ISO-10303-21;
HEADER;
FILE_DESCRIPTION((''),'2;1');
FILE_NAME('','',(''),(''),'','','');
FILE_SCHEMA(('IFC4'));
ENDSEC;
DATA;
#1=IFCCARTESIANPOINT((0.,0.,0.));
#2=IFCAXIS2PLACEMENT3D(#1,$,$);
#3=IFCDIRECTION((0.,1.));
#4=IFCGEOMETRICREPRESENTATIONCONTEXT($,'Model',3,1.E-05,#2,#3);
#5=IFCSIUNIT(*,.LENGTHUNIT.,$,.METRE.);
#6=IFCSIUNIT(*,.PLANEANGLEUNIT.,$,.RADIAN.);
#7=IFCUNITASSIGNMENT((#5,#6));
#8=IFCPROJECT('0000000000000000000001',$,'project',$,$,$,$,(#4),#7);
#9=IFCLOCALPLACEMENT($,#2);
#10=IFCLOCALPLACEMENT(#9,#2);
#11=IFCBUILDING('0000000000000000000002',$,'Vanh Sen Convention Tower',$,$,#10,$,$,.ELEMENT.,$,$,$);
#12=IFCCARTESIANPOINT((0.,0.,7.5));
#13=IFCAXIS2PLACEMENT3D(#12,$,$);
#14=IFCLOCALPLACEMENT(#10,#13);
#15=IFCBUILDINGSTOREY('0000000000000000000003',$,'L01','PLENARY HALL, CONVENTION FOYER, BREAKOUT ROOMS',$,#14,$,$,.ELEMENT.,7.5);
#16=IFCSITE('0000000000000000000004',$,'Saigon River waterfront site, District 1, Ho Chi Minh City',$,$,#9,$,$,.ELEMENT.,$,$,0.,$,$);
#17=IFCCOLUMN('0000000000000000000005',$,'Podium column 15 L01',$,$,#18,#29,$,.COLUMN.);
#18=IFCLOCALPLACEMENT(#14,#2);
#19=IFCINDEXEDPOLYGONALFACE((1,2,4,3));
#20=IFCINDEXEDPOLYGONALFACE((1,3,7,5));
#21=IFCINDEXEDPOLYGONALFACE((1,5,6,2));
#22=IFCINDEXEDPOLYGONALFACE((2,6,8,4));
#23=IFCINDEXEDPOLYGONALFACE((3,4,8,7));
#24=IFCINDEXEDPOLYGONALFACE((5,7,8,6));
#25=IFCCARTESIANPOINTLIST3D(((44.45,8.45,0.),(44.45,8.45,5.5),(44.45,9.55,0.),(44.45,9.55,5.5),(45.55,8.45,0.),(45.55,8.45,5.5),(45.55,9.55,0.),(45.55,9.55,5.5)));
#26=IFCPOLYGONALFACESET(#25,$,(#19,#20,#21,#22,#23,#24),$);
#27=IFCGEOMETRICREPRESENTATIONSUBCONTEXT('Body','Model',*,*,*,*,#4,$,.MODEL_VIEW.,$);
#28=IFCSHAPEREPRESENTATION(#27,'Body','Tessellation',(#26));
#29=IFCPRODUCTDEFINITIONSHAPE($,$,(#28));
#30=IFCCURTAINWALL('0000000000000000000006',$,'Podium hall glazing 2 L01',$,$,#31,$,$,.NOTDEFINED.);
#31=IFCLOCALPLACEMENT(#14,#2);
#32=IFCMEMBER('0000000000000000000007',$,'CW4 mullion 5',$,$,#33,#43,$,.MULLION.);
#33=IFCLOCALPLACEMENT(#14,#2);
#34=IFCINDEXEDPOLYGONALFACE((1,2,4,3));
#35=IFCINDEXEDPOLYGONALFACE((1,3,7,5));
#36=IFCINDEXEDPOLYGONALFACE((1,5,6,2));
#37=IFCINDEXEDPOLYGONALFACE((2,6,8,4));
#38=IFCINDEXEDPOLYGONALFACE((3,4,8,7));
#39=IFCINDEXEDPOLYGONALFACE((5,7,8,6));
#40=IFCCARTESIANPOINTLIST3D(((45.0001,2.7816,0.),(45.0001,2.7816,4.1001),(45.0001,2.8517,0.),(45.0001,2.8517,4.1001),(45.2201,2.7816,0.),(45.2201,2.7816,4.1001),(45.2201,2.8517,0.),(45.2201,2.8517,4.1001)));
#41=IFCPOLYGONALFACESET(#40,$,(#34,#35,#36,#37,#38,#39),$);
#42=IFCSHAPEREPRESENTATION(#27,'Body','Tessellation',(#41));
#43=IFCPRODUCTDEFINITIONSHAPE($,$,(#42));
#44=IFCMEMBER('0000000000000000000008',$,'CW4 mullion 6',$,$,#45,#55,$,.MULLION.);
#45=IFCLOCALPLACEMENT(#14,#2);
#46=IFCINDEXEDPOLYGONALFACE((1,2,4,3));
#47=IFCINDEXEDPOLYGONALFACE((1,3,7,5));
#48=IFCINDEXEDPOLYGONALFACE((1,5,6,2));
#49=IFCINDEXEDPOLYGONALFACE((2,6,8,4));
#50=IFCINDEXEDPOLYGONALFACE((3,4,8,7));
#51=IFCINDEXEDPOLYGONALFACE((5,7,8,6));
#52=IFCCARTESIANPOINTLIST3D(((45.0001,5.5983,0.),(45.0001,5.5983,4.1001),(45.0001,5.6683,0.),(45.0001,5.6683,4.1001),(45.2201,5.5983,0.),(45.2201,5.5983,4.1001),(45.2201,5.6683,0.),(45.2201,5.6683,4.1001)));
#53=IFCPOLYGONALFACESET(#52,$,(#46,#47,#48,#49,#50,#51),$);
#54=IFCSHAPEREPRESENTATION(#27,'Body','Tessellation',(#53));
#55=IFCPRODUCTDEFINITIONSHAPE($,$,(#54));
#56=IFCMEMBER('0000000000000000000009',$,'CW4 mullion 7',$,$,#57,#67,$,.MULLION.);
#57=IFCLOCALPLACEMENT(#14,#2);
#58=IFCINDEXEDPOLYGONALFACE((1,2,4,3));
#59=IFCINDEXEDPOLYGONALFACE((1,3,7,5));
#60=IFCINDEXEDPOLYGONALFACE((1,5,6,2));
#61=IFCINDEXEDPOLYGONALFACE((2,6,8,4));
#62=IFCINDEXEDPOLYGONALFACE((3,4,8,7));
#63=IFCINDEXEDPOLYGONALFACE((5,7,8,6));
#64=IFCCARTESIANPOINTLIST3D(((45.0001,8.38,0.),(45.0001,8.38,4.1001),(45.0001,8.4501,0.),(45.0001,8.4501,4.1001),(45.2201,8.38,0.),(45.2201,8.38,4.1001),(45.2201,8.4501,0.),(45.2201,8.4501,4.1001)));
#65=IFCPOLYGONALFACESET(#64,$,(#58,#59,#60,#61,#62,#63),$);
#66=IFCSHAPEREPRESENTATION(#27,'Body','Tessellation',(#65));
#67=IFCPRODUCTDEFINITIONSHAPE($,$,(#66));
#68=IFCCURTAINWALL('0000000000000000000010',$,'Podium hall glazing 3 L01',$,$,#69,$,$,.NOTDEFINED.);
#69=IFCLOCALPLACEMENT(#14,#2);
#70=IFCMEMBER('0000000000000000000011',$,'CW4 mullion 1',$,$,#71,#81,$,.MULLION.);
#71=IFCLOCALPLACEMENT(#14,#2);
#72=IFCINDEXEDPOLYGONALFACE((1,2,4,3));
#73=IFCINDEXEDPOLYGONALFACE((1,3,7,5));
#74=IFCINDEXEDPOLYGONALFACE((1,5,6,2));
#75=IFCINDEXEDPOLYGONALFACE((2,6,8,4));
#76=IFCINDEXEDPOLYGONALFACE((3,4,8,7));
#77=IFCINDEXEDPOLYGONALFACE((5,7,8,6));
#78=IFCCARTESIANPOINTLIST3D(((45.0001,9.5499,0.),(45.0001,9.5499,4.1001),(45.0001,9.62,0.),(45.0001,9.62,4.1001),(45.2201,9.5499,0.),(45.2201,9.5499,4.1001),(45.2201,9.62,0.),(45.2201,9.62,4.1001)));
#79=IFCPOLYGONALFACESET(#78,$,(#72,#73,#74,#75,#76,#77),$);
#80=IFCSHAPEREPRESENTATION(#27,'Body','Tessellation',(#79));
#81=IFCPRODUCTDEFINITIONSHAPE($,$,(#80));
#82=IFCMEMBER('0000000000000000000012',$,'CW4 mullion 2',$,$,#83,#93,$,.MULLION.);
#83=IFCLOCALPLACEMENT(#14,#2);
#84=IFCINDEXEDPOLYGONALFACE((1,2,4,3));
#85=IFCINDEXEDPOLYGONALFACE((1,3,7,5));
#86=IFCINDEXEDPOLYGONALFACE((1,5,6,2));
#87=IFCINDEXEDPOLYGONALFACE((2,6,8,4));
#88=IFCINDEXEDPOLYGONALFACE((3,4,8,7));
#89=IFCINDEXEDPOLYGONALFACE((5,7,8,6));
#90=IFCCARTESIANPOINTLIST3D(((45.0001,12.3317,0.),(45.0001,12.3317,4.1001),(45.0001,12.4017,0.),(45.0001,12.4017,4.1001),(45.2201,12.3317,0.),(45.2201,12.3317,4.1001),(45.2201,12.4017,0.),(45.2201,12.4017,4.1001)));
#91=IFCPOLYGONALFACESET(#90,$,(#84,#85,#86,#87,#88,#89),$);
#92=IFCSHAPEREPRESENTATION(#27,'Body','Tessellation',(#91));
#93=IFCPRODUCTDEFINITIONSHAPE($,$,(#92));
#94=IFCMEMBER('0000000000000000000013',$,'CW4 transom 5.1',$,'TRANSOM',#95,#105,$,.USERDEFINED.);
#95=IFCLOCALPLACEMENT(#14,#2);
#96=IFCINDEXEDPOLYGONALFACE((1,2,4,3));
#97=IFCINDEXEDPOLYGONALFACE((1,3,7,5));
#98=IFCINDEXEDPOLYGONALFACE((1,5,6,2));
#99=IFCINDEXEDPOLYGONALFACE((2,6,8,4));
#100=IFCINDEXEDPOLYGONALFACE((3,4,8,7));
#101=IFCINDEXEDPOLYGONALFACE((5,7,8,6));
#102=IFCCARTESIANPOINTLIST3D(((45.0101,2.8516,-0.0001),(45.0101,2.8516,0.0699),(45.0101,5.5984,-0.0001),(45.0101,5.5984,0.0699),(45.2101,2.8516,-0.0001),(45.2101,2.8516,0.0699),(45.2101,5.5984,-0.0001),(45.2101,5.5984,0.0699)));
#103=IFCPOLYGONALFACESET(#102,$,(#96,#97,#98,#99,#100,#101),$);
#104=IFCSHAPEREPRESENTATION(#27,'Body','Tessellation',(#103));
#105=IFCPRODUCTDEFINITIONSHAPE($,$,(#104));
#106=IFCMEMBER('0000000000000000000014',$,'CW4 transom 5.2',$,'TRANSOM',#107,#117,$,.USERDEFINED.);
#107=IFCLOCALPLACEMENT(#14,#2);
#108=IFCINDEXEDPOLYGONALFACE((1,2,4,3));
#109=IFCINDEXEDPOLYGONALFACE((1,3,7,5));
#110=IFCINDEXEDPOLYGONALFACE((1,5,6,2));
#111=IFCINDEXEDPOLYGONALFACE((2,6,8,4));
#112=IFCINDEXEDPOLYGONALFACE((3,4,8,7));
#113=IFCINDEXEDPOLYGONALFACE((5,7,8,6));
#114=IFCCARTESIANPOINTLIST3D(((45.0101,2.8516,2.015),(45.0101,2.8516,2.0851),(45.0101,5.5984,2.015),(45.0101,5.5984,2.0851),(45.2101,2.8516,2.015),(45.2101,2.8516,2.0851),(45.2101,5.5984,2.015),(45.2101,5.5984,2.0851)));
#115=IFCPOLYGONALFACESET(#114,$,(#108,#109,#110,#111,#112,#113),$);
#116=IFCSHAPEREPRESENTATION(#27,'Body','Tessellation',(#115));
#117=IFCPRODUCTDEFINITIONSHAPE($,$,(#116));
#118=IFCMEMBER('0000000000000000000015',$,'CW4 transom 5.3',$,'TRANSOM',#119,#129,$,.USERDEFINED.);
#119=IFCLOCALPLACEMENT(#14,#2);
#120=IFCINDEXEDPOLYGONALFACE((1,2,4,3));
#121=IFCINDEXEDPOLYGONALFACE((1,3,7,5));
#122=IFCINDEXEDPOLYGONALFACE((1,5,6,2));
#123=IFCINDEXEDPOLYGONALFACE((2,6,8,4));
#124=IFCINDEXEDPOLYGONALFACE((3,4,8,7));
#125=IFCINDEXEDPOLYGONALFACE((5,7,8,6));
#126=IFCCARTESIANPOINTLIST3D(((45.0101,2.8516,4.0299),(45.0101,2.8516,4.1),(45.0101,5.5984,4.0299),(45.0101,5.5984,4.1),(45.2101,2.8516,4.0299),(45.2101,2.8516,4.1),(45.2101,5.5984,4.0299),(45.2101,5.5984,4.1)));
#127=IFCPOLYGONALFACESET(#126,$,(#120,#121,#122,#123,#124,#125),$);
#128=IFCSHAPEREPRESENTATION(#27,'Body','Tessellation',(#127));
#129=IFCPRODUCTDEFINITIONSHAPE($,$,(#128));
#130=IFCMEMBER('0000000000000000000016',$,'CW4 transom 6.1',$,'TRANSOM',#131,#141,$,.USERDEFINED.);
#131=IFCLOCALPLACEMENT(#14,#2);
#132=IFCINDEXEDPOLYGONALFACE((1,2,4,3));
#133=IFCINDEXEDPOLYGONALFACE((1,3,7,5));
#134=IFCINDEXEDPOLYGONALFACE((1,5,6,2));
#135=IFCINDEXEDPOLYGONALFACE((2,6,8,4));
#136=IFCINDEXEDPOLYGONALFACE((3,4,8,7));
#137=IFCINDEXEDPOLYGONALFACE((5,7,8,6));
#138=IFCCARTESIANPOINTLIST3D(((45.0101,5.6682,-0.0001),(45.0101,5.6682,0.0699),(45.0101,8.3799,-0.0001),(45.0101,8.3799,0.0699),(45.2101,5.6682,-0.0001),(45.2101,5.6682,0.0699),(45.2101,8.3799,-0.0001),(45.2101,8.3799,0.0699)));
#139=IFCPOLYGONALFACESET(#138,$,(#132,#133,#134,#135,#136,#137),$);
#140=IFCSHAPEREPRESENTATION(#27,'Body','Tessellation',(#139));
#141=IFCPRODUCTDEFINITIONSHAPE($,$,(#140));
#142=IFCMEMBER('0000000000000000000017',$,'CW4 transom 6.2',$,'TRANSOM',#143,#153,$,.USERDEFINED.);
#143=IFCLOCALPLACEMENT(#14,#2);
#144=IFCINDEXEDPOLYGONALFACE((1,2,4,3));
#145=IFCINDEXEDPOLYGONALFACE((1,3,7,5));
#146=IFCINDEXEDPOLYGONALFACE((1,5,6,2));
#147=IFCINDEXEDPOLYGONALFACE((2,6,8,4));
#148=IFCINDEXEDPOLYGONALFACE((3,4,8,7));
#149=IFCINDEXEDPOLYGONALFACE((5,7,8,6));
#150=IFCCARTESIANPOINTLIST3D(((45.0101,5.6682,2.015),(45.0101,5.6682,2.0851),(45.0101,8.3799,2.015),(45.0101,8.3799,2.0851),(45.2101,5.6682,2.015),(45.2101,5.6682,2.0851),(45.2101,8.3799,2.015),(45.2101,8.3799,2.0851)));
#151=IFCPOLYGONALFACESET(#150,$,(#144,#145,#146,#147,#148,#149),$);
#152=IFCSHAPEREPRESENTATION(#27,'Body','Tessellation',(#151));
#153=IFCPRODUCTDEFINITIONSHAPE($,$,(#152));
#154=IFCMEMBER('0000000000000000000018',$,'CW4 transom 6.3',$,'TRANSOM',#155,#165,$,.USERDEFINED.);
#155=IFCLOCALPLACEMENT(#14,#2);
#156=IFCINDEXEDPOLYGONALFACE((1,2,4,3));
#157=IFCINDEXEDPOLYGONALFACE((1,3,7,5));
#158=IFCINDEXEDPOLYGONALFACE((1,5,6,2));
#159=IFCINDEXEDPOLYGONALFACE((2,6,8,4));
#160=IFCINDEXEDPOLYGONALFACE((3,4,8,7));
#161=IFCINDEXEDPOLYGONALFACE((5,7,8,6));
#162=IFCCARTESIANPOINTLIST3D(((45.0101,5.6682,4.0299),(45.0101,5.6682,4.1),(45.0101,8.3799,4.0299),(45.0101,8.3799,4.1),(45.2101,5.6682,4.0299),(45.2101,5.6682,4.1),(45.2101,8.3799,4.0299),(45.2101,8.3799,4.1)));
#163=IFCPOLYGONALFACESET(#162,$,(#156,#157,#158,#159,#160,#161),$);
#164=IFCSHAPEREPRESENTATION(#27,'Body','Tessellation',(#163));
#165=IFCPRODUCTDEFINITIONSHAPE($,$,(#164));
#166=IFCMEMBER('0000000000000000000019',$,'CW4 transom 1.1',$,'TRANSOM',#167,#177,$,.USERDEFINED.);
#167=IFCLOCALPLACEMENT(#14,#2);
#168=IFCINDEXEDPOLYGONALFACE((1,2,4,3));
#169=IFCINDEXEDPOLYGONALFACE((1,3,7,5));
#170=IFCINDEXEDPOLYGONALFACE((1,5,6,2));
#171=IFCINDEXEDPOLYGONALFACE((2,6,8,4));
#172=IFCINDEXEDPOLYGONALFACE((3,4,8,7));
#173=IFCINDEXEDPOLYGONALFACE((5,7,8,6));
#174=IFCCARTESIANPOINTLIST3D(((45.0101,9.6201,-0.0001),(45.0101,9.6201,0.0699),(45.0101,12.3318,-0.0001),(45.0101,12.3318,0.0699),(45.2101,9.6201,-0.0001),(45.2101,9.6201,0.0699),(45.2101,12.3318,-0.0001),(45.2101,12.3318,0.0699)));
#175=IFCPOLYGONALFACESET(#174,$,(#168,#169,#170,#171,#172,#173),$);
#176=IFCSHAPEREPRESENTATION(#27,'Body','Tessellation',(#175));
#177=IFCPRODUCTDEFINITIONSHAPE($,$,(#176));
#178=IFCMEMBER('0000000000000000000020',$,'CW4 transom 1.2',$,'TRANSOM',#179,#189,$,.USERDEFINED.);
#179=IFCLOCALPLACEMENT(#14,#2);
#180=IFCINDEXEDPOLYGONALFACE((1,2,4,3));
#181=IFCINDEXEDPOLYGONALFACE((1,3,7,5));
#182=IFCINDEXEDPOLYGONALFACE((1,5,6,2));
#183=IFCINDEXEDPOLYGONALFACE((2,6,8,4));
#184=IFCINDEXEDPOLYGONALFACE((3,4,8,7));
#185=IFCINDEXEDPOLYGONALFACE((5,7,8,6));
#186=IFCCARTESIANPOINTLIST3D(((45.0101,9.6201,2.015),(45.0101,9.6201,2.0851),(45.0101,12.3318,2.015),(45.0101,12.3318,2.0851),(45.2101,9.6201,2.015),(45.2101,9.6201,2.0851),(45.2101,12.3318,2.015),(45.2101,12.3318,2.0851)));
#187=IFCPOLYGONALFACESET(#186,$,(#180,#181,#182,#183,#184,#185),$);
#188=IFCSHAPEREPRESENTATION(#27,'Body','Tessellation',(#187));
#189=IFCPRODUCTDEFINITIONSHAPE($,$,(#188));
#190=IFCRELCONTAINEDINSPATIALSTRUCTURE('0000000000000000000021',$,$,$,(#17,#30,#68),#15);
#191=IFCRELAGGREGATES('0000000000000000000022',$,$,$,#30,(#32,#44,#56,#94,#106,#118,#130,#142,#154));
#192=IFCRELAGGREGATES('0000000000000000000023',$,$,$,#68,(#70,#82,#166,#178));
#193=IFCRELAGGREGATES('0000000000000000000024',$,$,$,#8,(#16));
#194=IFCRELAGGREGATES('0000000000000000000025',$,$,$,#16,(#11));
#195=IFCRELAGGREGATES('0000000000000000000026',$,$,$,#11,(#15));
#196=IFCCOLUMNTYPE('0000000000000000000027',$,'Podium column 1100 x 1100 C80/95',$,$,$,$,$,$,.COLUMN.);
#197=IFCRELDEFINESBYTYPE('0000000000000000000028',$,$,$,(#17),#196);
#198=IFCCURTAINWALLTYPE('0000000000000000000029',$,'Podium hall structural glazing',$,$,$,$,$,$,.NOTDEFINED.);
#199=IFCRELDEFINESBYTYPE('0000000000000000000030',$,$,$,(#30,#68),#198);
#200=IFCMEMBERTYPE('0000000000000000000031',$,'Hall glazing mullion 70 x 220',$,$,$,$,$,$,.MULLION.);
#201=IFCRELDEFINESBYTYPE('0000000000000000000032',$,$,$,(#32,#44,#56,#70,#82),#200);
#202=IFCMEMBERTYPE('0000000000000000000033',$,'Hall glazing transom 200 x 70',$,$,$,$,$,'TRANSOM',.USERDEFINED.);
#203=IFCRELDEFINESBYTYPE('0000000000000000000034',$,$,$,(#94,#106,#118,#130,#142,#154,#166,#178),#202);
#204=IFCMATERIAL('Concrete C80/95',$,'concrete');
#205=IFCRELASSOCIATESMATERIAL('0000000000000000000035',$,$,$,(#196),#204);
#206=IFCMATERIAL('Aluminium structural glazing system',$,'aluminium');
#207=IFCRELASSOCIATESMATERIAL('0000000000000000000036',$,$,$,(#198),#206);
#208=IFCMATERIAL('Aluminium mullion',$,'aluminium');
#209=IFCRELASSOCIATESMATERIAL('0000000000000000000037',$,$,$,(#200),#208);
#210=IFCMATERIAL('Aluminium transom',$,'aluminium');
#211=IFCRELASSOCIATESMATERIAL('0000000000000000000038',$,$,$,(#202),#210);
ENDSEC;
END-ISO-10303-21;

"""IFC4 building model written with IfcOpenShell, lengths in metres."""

from ifc_helpers import new_model, si_unit, direction, frame, origin, origin_2d, place, context, subcontext, project, spatial, rectangle, extrude, material, material_profile, profile_set, type_object, element, aggregate, save


model = new_model("IFC4")

# Units and contexts
model_context = context("Model", 3, precision=1e-05, world=origin(), true_north=direction((0.0, 1.0)))
body_context = subcontext(model_context, "Body", "Model", "MODEL_VIEW")
ifc_project = project(units=[si_unit("LENGTHUNIT", "METRE"), si_unit("PLANEANGLEUNIT", "RADIAN")], contexts=[model_context])

# Site, building, storey
site_placement = place(None, origin())
site = spatial("IfcSite", under=ifc_project, at=site_placement, Name="Saigon River waterfront site, District 1, Ho Chi Minh City", CompositionType="ELEMENT", RefElevation=0.0)
building_placement = place(site_placement, origin())
building = spatial("IfcBuilding", under=site, at=building_placement, Name="Vanh Sen Convention Tower", CompositionType="ELEMENT")
storey_placement = place(building_placement, frame((0.0, 0.0, 7.5)))
storey = spatial("IfcBuildingStorey", under=building, at=storey_placement, Name="L01", Description="PLENARY HALL, CONVENTION FOYER, BREAKOUT ROOMS", CompositionType="ELEMENT", Elevation=7.5)

# Column
ifc_material_1 = material(Name="Concrete C80/95", Category="concrete")
ifc_material_profile_1 = material_profile(ifc_material_1, rectangle(XDim=1.1001, YDim=1.1001, at=origin_2d()), Name="RC 1100X1100")
ifc_profile_set_1 = profile_set([ifc_material_profile_1], Name="Concrete C80/95")
column_type = type_object("IfcColumnType", Name="Podium column 1100 x 1100 C80/95", PredefinedType="COLUMN", material=ifc_profile_set_1)
column_placement = place(storey_placement, frame((45.0, 9.0, 0.0), z_axis=(0.0, 0.0, 1.0), x_axis=(1.0, 0.0, 0.0)))
element("IfcColumn", 1, at=column_placement, inside=storey, type_object=column_type, Name="Podium column 15 L01", PredefinedType="COLUMN", context=body_context, shape_type="SweptSolid", body=[
    extrude(rectangle(XDim=1.1001, YDim=1.1001, at=origin_2d()), origin(), (0.0, 0.0, 1.0), 5.5),
])

# Curtain walls, members
ifc_material_2 = material(Name="Aluminium structural glazing system", Category="aluminium")
curtain_wall_type = type_object("IfcCurtainWallType", Name="Podium hall structural glazing", PredefinedType="NOTDEFINED", material=ifc_material_2)
curtain_wall_1_placement = place(storey_placement, origin())
curtain_wall_1 = element("IfcCurtainWall", 2, at=curtain_wall_1_placement, inside=storey, type_object=curtain_wall_type, Name="Podium hall glazing 2 L01", PredefinedType="NOTDEFINED")
ifc_material_3 = material(Name="Aluminium mullion", Category="aluminium")
ifc_material_profile_2 = material_profile(ifc_material_3, rectangle(XDim=0.22, YDim=0.0701, at=origin_2d()), Name="Hall glazing mullion 70 x 220")
ifc_profile_set_2 = profile_set([ifc_material_profile_2], Name="Aluminium mullion")
member_type_1 = type_object("IfcMemberType", Name="Hall glazing mullion 70 x 220", PredefinedType="MULLION", material=ifc_profile_set_2)
member_1_placement = place(storey_placement, frame((45.1101, 2.8167, 0.0), z_axis=(0.0, 0.0, 1.0), x_axis=(-1.0, 0.0, 0.0)))
member_1 = element("IfcMember", 3, at=member_1_placement, type_object=member_type_1, Name="CW4 mullion 5", PredefinedType="MULLION", context=body_context, shape_type="SweptSolid", body=[
    extrude(rectangle(XDim=0.22, YDim=0.0701, at=origin_2d()), origin(), (0.0, 0.0, 1.0), 4.1001),
])
member_2_placement = place(storey_placement, frame((45.1101, 5.6333, 0.0), z_axis=(0.0, 0.0, 1.0), x_axis=(-1.0, 0.0, 0.0)))
member_2 = element("IfcMember", 4, at=member_2_placement, type_object=member_type_1, Name="CW4 mullion 6", PredefinedType="MULLION", context=body_context, shape_type="SweptSolid", body=[
    extrude(rectangle(XDim=0.22, YDim=0.0701, at=origin_2d()), origin(), (0.0, 0.0, 1.0), 4.1001),
])
member_3_placement = place(storey_placement, frame((45.1101, 8.415, 0.0), z_axis=(0.0, 0.0, 1.0), x_axis=(-1.0, 0.0, 0.0)))
member_3 = element("IfcMember", 5, at=member_3_placement, type_object=member_type_1, Name="CW4 mullion 7", PredefinedType="MULLION", context=body_context, shape_type="SweptSolid", body=[
    extrude(rectangle(XDim=0.22, YDim=0.0701, at=origin_2d()), origin(), (0.0, 0.0, 1.0), 4.1001),
])
curtain_wall_2_placement = place(storey_placement, origin())
curtain_wall_2 = element("IfcCurtainWall", 6, at=curtain_wall_2_placement, inside=storey, type_object=curtain_wall_type, Name="Podium hall glazing 3 L01", PredefinedType="NOTDEFINED")
member_4_placement = place(storey_placement, frame((45.1101, 9.585, 0.0), z_axis=(0.0, 0.0, 1.0), x_axis=(-1.0, 0.0, 0.0)))
member_4 = element("IfcMember", 7, at=member_4_placement, type_object=member_type_1, Name="CW4 mullion 1", PredefinedType="MULLION", context=body_context, shape_type="SweptSolid", body=[
    extrude(rectangle(XDim=0.22, YDim=0.0701, at=origin_2d()), origin(), (0.0, 0.0, 1.0), 4.1001),
])
member_5_placement = place(storey_placement, frame((45.1101, 12.3667, 0.0), z_axis=(0.0, 0.0, 1.0), x_axis=(-1.0, 0.0, 0.0)))
member_5 = element("IfcMember", 8, at=member_5_placement, type_object=member_type_1, Name="CW4 mullion 2", PredefinedType="MULLION", context=body_context, shape_type="SweptSolid", body=[
    extrude(rectangle(XDim=0.22, YDim=0.0701, at=origin_2d()), origin(), (0.0, 0.0, 1.0), 4.1001),
])

# Members
ifc_material_4 = material(Name="Aluminium transom", Category="aluminium")
ifc_material_profile_3 = material_profile(ifc_material_4, rectangle(XDim=0.2, YDim=0.0701, at=origin_2d()), Name="Hall glazing transom 200 x 70")
ifc_profile_set_3 = profile_set([ifc_material_profile_3], Name="Aluminium transom")
member_type_2 = type_object("IfcMemberType", Name="Hall glazing transom 200 x 70", ElementType="TRANSOM", PredefinedType="USERDEFINED", material=ifc_profile_set_3)
member_6_placement = place(storey_placement, frame((45.1101, 2.8516, 0.0349), z_axis=(0.0, 1.0, 0.0), x_axis=(-1.0, 0.0, 0.0)))
member_6 = element("IfcMember", 9, at=member_6_placement, type_object=member_type_2, Name="CW4 transom 5.1", ObjectType="TRANSOM", PredefinedType="USERDEFINED", context=body_context, shape_type="SweptSolid", body=[
    extrude(rectangle(XDim=0.2, YDim=0.0701, at=origin_2d()), origin(), (0.0, 0.0, 1.0), 2.7468),
])
member_7_placement = place(storey_placement, frame((45.1101, 2.8516, 2.05), z_axis=(0.0, 1.0, 0.0), x_axis=(-1.0, 0.0, 0.0)))
member_7 = element("IfcMember", 10, at=member_7_placement, type_object=member_type_2, Name="CW4 transom 5.2", ObjectType="TRANSOM", PredefinedType="USERDEFINED", context=body_context, shape_type="SweptSolid", body=[
    extrude(rectangle(XDim=0.2, YDim=0.0701, at=origin_2d()), origin(), (0.0, 0.0, 1.0), 2.7468),
])
member_8_placement = place(storey_placement, frame((45.1101, 2.8516, 4.0649), z_axis=(0.0, 1.0, 0.0), x_axis=(-1.0, 0.0, 0.0)))
member_8 = element("IfcMember", 11, at=member_8_placement, type_object=member_type_2, Name="CW4 transom 5.3", ObjectType="TRANSOM", PredefinedType="USERDEFINED", context=body_context, shape_type="SweptSolid", body=[
    extrude(rectangle(XDim=0.2, YDim=0.0701, at=origin_2d()), origin(), (0.0, 0.0, 1.0), 2.7468),
])
member_9_placement = place(storey_placement, frame((45.1101, 5.6682, 0.0349), z_axis=(0.0, 1.0, 0.0), x_axis=(-1.0, 0.0, 0.0)))
member_9 = element("IfcMember", 12, at=member_9_placement, type_object=member_type_2, Name="CW4 transom 6.1", ObjectType="TRANSOM", PredefinedType="USERDEFINED", context=body_context, shape_type="SweptSolid", body=[
    extrude(rectangle(XDim=0.2, YDim=0.0701, at=origin_2d()), origin(), (0.0, 0.0, 1.0), 2.7117),
])
member_10_placement = place(storey_placement, frame((45.1101, 5.6682, 2.05), z_axis=(0.0, 1.0, 0.0), x_axis=(-1.0, 0.0, 0.0)))
member_10 = element("IfcMember", 13, at=member_10_placement, type_object=member_type_2, Name="CW4 transom 6.2", ObjectType="TRANSOM", PredefinedType="USERDEFINED", context=body_context, shape_type="SweptSolid", body=[
    extrude(rectangle(XDim=0.2, YDim=0.0701, at=origin_2d()), origin(), (0.0, 0.0, 1.0), 2.7117),
])
member_11_placement = place(storey_placement, frame((45.1101, 5.6682, 4.0649), z_axis=(0.0, 1.0, 0.0), x_axis=(-1.0, 0.0, 0.0)))
member_11 = element("IfcMember", 14, at=member_11_placement, type_object=member_type_2, Name="CW4 transom 6.3", ObjectType="TRANSOM", PredefinedType="USERDEFINED", context=body_context, shape_type="SweptSolid", body=[
    extrude(rectangle(XDim=0.2, YDim=0.0701, at=origin_2d()), origin(), (0.0, 0.0, 1.0), 2.7117),
])
member_12_placement = place(storey_placement, frame((45.1101, 9.6201, 0.0349), z_axis=(0.0, 1.0, 0.0), x_axis=(-1.0, 0.0, 0.0)))
member_12 = element("IfcMember", 15, at=member_12_placement, type_object=member_type_2, Name="CW4 transom 1.1", ObjectType="TRANSOM", PredefinedType="USERDEFINED", context=body_context, shape_type="SweptSolid", body=[
    extrude(rectangle(XDim=0.2, YDim=0.0701, at=origin_2d()), origin(), (0.0, 0.0, 1.0), 2.7117),
])
member_13_placement = place(storey_placement, frame((45.1101, 9.6201, 2.05), z_axis=(0.0, 1.0, 0.0), x_axis=(-1.0, 0.0, 0.0)))
member_13 = element("IfcMember", 16, at=member_13_placement, type_object=member_type_2, Name="CW4 transom 1.2", ObjectType="TRANSOM", PredefinedType="USERDEFINED", context=body_context, shape_type="SweptSolid", body=[
    extrude(rectangle(XDim=0.2, YDim=0.0701, at=origin_2d()), origin(), (0.0, 0.0, 1.0), 2.7117),
])

aggregate(curtain_wall_1, [member_1, member_2, member_3, member_6, member_7, member_8, member_9, member_10, member_11])
aggregate(curtain_wall_2, [member_4, member_5, member_12, member_13])

save(model, "model.ifc")
